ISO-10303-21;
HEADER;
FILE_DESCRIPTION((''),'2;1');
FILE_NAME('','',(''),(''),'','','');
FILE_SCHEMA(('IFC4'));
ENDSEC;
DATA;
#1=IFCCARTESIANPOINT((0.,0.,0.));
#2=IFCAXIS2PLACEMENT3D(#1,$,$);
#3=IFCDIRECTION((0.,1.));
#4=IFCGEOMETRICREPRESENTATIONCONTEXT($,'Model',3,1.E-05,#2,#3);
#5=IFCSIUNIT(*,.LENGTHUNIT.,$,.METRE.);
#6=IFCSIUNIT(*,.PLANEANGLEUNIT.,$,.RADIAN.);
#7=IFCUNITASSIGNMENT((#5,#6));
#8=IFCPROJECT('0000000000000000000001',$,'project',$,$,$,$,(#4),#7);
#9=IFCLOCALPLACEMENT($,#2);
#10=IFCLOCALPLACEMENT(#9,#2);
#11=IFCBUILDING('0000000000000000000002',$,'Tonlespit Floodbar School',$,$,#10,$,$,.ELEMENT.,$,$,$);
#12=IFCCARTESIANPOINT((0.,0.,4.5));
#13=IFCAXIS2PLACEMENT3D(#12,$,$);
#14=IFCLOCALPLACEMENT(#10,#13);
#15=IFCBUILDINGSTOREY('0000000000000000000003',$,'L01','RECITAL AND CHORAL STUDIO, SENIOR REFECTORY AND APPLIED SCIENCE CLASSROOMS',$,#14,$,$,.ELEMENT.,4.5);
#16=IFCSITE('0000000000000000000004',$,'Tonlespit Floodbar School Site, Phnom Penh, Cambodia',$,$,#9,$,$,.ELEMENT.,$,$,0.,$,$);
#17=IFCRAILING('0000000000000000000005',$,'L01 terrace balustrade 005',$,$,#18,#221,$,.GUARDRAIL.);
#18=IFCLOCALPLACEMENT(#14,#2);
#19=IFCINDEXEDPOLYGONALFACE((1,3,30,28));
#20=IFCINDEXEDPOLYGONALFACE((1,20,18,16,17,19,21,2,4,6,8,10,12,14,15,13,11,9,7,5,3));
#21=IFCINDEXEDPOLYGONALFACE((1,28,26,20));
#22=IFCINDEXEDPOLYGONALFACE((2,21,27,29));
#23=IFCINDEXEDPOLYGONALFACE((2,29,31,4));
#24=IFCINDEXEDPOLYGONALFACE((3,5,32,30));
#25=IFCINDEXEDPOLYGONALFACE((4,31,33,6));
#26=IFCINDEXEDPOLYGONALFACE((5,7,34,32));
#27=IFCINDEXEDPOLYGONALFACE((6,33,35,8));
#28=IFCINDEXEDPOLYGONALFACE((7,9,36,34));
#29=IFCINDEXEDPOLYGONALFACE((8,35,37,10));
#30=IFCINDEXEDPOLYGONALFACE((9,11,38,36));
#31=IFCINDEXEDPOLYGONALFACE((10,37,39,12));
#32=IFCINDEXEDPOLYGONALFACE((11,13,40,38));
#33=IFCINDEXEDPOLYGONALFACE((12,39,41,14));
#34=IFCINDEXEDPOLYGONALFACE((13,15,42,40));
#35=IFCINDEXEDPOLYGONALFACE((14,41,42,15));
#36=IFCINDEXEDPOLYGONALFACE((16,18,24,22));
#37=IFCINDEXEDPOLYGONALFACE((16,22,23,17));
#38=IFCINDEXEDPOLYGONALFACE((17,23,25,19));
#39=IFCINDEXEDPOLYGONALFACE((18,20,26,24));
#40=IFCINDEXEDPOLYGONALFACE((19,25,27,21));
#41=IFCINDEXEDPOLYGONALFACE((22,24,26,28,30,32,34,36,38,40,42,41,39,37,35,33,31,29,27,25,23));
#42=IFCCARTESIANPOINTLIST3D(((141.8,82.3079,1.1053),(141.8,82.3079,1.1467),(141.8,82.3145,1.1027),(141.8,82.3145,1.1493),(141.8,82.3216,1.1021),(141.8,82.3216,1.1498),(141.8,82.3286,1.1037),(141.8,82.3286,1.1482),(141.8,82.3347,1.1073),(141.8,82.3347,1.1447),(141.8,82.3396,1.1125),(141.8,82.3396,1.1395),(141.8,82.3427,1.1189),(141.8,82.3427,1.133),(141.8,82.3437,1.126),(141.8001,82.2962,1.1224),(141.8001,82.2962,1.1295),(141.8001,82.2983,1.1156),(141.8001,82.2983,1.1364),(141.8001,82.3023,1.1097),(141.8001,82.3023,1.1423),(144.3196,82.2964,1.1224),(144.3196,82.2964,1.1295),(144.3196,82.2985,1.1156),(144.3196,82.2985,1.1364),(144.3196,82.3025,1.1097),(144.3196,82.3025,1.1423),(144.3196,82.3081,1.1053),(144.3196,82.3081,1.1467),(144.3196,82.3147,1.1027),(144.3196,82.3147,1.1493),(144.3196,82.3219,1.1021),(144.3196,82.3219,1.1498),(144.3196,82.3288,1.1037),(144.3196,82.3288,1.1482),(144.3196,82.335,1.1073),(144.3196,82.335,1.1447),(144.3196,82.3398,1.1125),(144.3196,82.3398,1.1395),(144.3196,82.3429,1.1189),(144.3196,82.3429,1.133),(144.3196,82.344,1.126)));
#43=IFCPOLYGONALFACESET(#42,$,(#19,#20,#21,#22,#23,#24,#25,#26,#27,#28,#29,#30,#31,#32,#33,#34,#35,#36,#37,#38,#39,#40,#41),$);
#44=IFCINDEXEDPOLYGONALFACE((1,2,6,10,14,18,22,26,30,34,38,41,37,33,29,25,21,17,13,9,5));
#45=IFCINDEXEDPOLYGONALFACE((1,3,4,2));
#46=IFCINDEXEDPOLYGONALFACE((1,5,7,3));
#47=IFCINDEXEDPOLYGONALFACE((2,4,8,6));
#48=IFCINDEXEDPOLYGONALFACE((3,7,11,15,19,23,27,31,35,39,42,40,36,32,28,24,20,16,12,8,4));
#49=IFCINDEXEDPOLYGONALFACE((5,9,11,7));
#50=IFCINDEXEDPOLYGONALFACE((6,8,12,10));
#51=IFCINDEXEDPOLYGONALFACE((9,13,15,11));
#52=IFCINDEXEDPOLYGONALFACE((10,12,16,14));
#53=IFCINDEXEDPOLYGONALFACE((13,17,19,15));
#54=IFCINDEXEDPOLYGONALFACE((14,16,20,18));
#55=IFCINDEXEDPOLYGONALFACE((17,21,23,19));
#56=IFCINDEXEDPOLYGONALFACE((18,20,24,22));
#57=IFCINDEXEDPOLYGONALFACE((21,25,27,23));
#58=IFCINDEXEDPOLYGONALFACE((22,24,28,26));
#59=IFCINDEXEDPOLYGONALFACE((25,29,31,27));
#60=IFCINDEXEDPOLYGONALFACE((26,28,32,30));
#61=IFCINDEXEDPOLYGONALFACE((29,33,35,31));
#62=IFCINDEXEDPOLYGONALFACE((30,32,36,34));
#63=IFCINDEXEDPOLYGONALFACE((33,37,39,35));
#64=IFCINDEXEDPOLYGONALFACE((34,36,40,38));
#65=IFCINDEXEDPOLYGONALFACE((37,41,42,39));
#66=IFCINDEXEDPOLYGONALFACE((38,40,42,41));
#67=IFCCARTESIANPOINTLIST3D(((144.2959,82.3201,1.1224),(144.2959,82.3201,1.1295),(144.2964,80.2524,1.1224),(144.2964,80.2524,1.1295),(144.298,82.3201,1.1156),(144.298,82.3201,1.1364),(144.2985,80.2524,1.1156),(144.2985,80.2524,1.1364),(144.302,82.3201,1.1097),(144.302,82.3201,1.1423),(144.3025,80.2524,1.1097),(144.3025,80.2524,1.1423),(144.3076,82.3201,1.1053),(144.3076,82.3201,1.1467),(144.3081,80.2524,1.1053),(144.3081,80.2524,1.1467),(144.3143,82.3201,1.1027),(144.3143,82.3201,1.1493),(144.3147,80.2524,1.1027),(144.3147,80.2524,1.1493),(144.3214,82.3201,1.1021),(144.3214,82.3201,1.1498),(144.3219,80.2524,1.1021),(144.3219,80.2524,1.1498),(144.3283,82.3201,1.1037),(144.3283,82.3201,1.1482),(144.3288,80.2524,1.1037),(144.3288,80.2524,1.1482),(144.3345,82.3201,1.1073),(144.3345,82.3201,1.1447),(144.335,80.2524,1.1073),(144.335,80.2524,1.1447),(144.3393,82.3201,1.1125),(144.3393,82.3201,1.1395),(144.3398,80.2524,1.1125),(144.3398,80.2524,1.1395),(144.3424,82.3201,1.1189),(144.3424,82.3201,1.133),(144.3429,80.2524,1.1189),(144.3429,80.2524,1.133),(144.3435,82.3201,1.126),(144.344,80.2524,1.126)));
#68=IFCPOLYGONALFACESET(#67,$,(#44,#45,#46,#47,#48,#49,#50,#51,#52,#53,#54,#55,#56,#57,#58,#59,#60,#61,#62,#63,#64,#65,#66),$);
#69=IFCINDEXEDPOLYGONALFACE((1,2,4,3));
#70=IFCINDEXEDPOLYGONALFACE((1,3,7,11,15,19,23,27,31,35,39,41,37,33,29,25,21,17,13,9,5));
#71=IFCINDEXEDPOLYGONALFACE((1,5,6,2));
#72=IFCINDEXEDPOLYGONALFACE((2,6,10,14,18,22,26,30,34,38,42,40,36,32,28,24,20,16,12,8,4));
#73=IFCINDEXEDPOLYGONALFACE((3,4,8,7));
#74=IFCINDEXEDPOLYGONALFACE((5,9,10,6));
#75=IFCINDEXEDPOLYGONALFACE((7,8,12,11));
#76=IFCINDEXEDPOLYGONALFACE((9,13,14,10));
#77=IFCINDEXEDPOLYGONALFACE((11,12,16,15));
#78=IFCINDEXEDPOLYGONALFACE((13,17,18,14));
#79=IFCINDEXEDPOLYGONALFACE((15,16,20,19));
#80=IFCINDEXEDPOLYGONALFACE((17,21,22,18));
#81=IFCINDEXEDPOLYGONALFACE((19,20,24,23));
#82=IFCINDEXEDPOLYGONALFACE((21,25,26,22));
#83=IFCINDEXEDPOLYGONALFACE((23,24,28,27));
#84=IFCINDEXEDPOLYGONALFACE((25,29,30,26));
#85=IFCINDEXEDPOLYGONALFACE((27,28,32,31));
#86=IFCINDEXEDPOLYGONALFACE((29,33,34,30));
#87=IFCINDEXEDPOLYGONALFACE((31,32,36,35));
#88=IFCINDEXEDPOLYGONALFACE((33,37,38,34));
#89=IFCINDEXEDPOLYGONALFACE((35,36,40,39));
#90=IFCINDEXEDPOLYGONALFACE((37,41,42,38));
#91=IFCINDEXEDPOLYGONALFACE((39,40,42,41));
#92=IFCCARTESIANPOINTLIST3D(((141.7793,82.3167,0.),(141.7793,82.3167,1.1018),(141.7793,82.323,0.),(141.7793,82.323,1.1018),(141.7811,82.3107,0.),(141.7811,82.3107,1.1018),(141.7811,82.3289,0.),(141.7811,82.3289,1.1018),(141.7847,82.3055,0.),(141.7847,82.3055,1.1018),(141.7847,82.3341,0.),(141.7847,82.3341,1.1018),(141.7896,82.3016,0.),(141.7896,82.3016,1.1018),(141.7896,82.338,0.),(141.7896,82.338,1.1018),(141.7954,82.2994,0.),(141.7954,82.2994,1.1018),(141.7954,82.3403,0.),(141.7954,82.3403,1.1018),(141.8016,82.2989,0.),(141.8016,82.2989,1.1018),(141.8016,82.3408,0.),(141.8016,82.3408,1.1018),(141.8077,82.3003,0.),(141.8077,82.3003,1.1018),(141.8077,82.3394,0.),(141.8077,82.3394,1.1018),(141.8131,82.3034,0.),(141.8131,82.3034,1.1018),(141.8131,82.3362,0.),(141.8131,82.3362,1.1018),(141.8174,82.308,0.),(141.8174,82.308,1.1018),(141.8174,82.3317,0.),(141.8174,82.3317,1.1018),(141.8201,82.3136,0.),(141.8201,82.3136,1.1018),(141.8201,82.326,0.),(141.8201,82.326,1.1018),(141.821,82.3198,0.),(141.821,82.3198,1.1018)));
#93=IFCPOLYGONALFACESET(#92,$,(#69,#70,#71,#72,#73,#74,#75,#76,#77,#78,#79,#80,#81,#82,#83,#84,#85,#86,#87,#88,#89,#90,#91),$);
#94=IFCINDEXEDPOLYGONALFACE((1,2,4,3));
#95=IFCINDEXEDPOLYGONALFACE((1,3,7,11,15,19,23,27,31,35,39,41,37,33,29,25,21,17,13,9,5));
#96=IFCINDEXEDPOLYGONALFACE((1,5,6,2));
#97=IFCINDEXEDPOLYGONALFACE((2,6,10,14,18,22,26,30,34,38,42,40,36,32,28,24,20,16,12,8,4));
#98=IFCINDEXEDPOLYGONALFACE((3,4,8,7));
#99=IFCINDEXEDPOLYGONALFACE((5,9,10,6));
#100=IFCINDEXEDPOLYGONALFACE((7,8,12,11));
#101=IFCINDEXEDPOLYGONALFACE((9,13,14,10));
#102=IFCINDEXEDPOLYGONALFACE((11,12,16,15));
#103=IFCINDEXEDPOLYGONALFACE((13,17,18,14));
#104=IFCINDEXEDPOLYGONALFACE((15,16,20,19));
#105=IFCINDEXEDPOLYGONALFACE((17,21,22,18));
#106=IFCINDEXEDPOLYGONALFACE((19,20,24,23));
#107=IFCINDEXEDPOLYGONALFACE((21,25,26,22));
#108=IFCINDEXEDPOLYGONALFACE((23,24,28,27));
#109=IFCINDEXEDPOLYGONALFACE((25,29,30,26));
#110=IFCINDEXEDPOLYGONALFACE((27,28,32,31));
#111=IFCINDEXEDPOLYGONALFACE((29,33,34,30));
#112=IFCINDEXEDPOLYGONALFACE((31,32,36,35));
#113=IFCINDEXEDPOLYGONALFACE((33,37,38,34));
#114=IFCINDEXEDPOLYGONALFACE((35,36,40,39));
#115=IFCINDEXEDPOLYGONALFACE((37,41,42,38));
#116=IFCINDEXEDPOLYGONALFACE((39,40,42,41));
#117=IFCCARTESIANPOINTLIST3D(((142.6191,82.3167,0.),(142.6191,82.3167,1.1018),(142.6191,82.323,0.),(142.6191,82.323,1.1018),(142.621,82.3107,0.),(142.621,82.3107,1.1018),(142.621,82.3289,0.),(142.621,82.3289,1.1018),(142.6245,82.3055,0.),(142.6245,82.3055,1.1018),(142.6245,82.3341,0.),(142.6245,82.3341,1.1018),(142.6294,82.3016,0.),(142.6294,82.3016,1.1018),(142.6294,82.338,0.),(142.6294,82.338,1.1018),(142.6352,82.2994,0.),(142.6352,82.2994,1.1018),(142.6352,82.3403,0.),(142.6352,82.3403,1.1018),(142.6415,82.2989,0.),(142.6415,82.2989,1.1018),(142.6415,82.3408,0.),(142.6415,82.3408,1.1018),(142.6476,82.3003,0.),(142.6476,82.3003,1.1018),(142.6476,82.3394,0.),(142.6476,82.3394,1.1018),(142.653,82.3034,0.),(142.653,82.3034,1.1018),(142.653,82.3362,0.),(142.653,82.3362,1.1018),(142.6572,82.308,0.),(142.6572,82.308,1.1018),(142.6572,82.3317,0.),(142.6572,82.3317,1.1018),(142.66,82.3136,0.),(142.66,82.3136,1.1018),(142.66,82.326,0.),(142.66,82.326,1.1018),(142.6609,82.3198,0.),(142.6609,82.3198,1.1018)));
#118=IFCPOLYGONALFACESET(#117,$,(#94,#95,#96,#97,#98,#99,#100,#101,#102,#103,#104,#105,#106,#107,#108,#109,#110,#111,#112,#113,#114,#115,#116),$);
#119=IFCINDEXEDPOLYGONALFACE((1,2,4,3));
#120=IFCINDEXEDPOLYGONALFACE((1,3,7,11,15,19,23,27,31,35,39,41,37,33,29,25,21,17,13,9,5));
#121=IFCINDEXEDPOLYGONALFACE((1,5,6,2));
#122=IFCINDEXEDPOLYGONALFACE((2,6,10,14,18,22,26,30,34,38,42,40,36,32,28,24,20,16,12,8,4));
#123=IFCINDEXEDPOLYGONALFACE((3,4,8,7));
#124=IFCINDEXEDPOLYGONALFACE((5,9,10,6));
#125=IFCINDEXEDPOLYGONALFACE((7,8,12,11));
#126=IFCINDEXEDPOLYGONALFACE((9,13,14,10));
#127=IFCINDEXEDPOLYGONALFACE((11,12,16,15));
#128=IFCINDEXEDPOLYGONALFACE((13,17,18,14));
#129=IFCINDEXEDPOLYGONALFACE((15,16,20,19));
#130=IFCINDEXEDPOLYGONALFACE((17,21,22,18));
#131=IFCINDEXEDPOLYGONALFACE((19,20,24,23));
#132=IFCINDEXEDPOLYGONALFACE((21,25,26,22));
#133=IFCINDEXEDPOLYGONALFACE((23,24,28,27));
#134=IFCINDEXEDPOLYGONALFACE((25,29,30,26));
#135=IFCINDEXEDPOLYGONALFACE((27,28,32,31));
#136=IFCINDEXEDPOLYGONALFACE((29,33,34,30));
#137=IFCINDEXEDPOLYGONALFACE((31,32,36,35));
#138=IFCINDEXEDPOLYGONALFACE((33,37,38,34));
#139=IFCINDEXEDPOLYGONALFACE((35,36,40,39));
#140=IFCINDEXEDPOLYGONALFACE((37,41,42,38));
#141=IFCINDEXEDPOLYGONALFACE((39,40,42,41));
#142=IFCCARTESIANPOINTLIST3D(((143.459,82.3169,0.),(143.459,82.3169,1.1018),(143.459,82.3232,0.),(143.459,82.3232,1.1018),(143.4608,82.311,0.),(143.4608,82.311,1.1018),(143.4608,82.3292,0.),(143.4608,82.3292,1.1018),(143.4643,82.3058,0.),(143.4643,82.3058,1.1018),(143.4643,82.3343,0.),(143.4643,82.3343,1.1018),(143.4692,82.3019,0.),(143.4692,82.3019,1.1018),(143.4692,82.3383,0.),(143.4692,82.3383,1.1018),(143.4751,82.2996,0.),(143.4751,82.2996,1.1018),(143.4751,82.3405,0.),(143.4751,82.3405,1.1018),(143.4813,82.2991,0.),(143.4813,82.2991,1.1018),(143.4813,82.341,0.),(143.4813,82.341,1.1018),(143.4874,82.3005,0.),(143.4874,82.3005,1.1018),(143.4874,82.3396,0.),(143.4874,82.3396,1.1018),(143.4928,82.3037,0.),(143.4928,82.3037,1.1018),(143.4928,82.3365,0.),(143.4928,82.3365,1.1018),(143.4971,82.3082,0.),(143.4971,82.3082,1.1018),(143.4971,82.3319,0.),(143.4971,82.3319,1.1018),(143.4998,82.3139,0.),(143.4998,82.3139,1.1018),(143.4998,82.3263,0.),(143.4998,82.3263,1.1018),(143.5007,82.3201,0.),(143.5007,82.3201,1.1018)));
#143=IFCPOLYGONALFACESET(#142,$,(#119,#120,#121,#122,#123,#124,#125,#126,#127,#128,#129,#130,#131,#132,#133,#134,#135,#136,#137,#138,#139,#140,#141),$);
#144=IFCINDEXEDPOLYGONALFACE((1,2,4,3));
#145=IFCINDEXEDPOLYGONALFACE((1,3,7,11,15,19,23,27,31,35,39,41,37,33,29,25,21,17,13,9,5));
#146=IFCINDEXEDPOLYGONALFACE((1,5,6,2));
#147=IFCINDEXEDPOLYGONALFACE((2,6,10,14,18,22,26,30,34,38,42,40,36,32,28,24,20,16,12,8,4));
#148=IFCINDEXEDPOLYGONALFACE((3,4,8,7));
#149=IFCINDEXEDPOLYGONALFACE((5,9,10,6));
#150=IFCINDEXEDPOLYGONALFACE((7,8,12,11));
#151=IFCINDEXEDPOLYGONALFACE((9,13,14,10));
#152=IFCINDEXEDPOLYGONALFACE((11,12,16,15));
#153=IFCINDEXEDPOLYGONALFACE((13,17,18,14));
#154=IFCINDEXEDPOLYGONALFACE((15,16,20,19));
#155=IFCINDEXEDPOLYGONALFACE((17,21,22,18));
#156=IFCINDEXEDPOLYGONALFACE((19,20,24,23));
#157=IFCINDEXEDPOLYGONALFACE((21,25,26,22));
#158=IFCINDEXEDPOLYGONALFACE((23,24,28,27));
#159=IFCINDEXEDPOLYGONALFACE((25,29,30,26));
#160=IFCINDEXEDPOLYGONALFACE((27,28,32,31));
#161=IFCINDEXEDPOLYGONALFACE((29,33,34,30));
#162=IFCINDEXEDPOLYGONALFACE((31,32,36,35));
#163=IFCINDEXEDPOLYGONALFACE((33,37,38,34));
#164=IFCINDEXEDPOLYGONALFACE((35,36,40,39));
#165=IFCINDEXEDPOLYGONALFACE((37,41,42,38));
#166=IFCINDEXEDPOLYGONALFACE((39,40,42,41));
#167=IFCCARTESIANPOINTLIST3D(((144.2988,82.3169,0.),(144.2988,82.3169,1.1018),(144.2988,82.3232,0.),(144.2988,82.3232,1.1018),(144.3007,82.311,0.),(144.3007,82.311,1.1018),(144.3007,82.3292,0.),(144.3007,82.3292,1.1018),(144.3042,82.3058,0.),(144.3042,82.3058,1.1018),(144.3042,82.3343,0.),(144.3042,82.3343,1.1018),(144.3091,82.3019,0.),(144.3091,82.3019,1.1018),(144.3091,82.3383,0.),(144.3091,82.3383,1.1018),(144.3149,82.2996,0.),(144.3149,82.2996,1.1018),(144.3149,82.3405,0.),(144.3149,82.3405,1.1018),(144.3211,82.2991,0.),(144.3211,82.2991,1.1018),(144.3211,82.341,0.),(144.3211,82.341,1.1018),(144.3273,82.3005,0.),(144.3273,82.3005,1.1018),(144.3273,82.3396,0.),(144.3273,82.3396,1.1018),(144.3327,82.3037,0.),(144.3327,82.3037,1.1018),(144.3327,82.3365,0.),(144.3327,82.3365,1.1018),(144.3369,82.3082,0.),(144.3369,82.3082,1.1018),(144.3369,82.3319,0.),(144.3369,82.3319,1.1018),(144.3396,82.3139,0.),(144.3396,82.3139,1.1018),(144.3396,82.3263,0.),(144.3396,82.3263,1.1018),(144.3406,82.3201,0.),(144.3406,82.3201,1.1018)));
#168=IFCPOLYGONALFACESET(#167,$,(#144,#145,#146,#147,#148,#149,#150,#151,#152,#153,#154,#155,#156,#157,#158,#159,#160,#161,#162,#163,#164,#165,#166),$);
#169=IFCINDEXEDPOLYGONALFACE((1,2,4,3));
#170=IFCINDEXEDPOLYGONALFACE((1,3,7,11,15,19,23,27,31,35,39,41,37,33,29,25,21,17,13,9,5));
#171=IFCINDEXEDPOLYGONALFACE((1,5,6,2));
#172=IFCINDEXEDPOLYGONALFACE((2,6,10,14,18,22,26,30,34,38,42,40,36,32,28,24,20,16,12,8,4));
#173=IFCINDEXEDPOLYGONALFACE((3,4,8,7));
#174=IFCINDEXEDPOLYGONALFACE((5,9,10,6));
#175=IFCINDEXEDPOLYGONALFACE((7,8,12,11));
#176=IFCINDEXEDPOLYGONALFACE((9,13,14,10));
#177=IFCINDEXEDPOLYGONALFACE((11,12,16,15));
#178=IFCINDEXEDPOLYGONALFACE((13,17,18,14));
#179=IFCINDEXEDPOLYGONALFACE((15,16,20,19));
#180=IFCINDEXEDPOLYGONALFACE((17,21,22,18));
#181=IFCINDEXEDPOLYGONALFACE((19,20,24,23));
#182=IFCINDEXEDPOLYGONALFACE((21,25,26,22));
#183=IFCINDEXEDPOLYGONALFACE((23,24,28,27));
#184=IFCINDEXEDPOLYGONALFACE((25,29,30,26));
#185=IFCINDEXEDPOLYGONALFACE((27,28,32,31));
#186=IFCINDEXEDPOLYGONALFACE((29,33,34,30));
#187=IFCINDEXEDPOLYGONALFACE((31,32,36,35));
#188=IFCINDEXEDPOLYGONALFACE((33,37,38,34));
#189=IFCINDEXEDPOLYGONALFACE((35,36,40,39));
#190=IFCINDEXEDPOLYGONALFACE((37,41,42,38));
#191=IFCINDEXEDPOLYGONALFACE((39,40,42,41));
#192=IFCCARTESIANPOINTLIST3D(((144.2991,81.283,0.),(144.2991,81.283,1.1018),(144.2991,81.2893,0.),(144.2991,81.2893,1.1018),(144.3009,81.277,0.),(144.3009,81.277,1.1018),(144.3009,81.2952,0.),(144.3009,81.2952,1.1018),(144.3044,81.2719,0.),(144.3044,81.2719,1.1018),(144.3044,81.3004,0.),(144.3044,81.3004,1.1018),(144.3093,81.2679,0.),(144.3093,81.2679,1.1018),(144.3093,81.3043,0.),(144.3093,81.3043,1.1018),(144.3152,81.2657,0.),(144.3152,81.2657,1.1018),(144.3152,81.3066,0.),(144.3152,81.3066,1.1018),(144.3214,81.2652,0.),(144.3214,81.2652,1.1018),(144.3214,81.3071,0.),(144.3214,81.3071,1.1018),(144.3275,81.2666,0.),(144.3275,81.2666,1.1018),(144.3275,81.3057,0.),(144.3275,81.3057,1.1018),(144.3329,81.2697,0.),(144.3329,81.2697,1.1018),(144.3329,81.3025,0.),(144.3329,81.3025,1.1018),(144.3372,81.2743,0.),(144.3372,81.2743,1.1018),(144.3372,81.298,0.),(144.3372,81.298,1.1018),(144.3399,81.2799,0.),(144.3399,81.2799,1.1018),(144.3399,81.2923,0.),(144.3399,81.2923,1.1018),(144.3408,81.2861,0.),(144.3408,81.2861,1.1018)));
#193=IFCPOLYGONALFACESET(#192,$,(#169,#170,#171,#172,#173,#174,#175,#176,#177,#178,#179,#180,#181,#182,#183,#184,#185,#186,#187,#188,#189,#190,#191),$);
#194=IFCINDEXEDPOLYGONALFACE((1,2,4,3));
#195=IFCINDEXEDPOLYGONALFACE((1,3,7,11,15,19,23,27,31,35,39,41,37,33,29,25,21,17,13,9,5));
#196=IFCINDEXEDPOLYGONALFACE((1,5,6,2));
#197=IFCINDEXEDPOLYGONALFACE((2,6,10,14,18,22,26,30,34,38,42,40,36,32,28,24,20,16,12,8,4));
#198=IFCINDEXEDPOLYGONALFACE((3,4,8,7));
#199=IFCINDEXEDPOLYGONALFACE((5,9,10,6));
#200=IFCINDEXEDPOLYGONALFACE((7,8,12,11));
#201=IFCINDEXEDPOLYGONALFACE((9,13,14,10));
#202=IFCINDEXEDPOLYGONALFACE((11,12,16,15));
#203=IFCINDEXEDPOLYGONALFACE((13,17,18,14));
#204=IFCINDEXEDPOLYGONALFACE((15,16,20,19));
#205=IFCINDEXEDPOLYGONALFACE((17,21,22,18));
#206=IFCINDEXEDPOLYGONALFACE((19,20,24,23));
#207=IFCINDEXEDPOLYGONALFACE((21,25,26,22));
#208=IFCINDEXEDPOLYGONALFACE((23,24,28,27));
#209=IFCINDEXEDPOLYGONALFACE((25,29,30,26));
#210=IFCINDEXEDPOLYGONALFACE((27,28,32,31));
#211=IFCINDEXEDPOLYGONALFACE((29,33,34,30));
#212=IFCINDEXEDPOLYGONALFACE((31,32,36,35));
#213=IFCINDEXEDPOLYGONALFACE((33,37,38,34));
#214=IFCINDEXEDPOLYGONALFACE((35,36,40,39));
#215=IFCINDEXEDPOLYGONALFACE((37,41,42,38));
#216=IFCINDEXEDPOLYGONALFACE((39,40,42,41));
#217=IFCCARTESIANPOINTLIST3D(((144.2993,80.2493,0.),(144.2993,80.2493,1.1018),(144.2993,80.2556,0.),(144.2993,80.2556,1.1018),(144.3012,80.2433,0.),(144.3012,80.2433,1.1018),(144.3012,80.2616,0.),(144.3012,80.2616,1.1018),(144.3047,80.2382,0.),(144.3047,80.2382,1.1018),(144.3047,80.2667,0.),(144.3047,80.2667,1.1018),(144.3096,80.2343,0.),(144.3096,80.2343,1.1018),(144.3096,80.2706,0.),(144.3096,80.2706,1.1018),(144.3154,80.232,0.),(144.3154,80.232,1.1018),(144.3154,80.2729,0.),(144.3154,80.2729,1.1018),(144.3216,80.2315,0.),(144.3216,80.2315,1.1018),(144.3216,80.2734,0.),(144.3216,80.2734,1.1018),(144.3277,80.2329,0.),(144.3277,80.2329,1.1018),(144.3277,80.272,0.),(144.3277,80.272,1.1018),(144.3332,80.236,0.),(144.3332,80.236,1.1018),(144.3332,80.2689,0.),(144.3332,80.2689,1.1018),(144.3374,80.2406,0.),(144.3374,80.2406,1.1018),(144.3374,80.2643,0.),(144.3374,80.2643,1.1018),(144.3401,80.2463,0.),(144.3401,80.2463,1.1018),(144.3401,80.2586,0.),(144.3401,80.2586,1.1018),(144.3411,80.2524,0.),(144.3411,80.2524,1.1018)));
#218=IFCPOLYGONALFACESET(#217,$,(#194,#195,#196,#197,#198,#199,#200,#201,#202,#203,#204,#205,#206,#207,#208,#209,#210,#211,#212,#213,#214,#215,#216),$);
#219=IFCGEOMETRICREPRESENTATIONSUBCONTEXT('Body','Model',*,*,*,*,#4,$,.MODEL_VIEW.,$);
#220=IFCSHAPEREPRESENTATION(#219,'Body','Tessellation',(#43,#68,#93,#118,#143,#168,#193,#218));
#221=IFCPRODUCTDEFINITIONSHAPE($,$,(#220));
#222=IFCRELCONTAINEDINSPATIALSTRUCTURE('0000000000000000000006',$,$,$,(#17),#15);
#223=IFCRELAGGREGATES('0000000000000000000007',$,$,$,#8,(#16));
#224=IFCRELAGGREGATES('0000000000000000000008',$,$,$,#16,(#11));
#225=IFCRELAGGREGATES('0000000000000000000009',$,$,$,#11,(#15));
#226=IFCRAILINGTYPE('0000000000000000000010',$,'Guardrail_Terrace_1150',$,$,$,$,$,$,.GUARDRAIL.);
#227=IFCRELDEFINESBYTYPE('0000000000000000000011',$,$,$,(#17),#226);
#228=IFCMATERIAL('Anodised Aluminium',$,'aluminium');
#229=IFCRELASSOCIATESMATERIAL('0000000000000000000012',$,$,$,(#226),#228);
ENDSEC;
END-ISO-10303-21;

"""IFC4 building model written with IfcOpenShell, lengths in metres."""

from ifc_helpers import new_model, si_unit, direction, frame, origin, origin_2d, place, context, subcontext, project, spatial, circle, extrude, material, type_object, element, save


model = new_model("IFC4")

# Units and contexts
model_context = context("Model", 3, precision=1e-05, world=origin(), true_north=direction((0.0, 1.0)))
body_context = subcontext(model_context, "Body", "Model", "MODEL_VIEW")
ifc_project = project(units=[si_unit("LENGTHUNIT", "METRE"), si_unit("PLANEANGLEUNIT", "RADIAN")], contexts=[model_context])

# Site, building, storey
site_placement = place(None, origin())
site = spatial("IfcSite", under=ifc_project, at=site_placement, Name="Tonlespit Floodbar School Site, Phnom Penh, Cambodia", CompositionType="ELEMENT", RefElevation=0.0)
building_placement = place(site_placement, origin())
building = spatial("IfcBuilding", under=site, at=building_placement, Name="Tonlespit Floodbar School", CompositionType="ELEMENT")
storey_placement = place(building_placement, frame((0.0, 0.0, 4.5)))
storey = spatial("IfcBuildingStorey", under=building, at=storey_placement, Name="L01", Description="RECITAL AND CHORAL STUDIO, SENIOR REFECTORY AND APPLIED SCIENCE CLASSROOMS", CompositionType="ELEMENT", Elevation=4.5)

# Shared definitions
ifc_material_1 = material(Name="Anodised Aluminium", Category="aluminium")

# Railing
railing_type_1 = type_object("IfcRailingType", Name="Guardrail_Terrace_1150", PredefinedType="GUARDRAIL", material=ifc_material_1)
railing_1_placement = place(storey_placement, frame((141.8, 82.3198, 0.0)))
element("IfcRailing", 1, at=railing_1_placement, inside=storey, type_object=railing_type_1, Name="L01 terrace balustrade 005", PredefinedType="GUARDRAIL", context=body_context, shape_type="SweptSolid", body=[
    extrude(circle(Radius=0.0239, at=origin_2d()), frame((0.0, 0.0, 1.126), z_axis=(1.0, 0.000097, 0.0), x_axis=(-0.000097, 1.0, 0.0)), (0.0, 0.0, 1.0), 2.5195),
    extrude(circle(Radius=0.0239, at=origin_2d()), frame((2.5195, 0.0002, 1.126), z_axis=(0.000236, -1.0, 0.0), x_axis=(1.0, 0.000236, 0.0)), (0.0, 0.0, 1.0), 2.0676),
    extrude(circle(Radius=0.021, at=origin_2d()), origin(), (0.0, 0.0, 1.0), 1.1018),
    extrude(circle(Radius=0.021, at=origin_2d()), frame((0.8398, 0.0, 0.0)), (0.0, 0.0, 1.0), 1.1018),
    extrude(circle(Radius=0.021, at=origin_2d()), frame((1.6797, 0.0002, 0.0)), (0.0, 0.0, 1.0), 1.1018),
    extrude(circle(Radius=0.021, at=origin_2d()), frame((2.5195, 0.0002, 0.0)), (0.0, 0.0, 1.0), 1.1018),
    extrude(circle(Radius=0.021, at=origin_2d()), frame((2.5198, -1.0337, 0.0)), (0.0, 0.0, 1.0), 1.1018),
    extrude(circle(Radius=0.021, at=origin_2d()), frame((2.52, -2.0674, 0.0)), (0.0, 0.0, 1.0), 1.1018),
])

save(model, "model.ifc")
